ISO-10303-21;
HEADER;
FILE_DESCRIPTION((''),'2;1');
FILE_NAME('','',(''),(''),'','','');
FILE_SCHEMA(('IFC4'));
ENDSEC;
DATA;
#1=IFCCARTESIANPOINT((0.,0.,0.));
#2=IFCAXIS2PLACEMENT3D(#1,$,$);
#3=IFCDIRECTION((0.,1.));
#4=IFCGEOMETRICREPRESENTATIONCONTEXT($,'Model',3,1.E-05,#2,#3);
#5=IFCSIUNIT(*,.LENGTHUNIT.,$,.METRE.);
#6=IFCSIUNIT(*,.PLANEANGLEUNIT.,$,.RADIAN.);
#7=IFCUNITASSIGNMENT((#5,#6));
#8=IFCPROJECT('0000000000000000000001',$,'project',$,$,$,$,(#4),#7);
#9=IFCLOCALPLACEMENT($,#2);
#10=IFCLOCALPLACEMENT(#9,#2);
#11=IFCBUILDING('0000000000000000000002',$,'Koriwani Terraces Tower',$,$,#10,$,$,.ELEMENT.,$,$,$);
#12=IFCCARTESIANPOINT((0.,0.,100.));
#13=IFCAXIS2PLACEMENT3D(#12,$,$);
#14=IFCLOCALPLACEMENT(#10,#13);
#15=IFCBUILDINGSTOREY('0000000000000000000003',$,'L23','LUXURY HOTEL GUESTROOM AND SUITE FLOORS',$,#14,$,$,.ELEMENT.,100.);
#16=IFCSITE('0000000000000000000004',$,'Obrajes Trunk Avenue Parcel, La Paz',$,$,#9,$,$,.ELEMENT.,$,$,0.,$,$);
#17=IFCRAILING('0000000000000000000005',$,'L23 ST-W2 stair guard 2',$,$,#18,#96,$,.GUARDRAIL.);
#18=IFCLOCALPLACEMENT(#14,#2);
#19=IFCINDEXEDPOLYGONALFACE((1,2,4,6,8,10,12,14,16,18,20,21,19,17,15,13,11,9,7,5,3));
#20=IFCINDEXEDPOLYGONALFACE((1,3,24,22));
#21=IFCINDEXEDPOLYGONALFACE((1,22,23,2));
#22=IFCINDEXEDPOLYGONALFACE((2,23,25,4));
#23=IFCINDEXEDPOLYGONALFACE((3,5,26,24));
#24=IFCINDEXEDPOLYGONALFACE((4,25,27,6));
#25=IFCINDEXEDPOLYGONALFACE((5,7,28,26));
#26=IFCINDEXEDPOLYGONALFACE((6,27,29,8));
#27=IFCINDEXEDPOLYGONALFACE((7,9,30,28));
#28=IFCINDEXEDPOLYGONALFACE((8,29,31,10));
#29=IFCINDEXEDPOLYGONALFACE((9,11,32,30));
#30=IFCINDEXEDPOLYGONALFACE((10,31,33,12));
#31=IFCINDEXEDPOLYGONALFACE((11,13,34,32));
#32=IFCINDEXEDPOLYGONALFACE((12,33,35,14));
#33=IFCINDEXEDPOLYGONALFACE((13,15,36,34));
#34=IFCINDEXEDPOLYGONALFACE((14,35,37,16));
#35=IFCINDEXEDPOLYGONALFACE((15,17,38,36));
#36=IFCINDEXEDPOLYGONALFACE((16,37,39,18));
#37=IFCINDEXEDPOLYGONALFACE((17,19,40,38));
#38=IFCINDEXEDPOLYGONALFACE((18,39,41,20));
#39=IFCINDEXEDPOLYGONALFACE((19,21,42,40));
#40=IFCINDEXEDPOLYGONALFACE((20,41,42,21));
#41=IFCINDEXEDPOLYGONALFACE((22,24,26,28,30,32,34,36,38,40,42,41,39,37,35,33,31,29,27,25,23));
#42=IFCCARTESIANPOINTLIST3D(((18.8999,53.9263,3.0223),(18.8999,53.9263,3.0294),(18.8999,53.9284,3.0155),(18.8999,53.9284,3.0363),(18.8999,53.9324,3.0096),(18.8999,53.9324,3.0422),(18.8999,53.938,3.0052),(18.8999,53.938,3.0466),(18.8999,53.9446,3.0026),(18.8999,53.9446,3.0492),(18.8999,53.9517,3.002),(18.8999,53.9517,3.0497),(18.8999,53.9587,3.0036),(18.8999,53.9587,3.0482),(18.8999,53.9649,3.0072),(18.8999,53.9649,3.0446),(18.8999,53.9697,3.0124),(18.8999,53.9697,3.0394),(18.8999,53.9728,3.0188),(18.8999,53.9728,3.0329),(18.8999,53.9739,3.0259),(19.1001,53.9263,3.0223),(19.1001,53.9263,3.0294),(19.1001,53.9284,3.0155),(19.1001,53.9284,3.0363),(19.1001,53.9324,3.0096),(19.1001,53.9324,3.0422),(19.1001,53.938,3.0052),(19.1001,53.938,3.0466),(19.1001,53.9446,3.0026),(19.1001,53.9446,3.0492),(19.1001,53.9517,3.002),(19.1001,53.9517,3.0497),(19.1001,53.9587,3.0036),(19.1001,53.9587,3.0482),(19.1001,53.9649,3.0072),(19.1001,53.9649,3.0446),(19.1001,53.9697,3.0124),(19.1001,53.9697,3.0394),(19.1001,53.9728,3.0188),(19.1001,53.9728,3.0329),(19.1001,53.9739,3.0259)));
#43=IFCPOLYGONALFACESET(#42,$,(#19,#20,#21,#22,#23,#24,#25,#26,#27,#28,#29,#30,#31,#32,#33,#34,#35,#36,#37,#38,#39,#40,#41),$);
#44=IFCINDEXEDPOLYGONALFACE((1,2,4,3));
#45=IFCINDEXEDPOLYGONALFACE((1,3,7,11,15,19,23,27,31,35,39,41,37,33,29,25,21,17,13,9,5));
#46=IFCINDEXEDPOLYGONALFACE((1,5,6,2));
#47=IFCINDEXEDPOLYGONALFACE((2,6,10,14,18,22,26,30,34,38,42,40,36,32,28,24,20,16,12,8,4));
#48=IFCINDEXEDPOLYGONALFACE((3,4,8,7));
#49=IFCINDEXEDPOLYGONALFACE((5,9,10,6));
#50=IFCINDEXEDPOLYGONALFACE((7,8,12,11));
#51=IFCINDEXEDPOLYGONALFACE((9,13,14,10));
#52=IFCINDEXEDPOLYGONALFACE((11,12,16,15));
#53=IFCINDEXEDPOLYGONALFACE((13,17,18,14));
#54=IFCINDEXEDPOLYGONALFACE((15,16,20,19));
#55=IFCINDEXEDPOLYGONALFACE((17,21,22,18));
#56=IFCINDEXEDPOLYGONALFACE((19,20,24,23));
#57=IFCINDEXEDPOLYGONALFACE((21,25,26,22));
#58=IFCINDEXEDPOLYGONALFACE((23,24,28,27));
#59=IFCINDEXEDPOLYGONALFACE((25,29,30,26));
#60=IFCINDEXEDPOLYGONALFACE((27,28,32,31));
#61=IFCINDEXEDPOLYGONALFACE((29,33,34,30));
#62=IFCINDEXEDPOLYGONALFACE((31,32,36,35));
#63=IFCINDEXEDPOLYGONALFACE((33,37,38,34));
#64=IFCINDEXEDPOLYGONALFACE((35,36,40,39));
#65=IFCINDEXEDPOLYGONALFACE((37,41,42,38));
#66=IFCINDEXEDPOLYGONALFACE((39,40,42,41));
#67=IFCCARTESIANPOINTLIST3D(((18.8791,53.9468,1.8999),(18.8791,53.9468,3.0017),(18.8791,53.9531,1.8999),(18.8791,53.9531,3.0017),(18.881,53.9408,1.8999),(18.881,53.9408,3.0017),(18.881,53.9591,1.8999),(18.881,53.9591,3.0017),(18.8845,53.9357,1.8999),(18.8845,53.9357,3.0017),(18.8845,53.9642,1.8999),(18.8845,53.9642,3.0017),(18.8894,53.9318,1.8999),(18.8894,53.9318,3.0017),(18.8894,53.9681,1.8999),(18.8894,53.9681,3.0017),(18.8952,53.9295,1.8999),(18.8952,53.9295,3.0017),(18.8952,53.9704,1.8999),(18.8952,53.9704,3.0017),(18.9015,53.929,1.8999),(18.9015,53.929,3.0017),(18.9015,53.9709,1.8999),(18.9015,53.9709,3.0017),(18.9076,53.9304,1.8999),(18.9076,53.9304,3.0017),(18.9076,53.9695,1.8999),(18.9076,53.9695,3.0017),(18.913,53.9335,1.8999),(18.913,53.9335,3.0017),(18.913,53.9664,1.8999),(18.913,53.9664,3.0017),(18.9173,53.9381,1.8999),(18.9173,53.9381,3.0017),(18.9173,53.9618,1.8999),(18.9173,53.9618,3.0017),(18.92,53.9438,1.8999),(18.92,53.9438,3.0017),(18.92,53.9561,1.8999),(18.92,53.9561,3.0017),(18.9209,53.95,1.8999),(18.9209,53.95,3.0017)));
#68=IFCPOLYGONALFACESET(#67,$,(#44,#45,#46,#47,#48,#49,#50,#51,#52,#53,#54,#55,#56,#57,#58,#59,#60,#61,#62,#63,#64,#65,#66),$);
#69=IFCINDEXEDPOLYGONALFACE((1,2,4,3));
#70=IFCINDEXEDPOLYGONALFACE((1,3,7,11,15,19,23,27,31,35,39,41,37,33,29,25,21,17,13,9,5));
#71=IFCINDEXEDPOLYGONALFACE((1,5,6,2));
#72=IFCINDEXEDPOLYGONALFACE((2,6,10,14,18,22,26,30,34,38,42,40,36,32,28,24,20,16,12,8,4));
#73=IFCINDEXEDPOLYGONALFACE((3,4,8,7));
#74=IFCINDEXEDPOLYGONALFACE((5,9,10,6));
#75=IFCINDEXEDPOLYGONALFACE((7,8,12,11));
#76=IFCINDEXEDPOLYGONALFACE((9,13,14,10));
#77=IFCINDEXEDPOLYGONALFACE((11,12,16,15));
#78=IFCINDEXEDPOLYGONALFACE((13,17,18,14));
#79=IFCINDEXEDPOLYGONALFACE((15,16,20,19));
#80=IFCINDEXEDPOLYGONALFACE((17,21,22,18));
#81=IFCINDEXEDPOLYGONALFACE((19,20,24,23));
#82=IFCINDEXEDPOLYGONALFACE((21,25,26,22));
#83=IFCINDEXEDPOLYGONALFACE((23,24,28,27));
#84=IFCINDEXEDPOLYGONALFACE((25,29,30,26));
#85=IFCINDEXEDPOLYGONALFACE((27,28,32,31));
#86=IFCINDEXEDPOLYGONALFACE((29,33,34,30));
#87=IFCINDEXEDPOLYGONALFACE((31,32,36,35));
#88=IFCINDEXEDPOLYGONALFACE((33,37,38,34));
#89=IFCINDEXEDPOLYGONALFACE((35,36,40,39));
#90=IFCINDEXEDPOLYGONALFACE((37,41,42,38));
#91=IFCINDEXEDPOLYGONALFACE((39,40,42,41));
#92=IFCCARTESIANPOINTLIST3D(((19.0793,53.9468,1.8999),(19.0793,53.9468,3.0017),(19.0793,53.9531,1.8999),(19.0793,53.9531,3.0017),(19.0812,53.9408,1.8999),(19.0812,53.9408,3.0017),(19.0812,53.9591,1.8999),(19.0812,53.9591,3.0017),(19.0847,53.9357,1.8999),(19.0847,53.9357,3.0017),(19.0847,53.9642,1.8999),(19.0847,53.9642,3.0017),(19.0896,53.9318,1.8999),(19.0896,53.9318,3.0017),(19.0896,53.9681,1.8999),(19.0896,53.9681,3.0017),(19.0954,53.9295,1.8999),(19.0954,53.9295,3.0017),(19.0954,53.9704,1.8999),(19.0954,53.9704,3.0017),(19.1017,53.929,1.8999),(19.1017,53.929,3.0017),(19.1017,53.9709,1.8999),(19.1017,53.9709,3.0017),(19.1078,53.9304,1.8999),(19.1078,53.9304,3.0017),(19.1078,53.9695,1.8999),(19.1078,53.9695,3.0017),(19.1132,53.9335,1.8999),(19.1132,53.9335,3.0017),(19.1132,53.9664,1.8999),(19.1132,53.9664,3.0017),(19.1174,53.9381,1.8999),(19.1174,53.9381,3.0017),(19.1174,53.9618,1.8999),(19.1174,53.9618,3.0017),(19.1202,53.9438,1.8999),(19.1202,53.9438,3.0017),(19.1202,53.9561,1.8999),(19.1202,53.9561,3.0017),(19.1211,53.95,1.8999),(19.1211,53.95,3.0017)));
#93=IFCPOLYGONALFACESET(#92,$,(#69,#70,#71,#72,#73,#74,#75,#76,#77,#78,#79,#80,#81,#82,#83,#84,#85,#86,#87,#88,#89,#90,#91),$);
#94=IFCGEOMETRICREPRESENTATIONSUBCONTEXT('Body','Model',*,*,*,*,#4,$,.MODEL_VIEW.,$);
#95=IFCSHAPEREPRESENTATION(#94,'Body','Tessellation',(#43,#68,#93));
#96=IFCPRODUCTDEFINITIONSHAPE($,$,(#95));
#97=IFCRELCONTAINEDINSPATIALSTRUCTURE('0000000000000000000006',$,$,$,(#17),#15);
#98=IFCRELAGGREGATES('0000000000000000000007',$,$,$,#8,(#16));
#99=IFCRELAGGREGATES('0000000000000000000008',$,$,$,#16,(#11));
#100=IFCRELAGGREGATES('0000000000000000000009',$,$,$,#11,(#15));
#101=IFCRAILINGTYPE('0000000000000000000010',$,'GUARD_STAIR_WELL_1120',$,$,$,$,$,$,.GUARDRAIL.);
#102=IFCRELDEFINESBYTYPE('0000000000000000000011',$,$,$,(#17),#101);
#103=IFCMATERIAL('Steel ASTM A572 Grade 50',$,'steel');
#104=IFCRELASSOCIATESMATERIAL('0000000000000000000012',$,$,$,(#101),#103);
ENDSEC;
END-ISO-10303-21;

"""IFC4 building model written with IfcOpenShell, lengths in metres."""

from ifc_helpers import new_model, si_unit, direction, frame, origin, origin_2d, place, context, subcontext, project, spatial, circle, extrude, material, type_object, element, save


model = new_model("IFC4")

# Units and contexts
model_context = context("Model", 3, precision=1e-05, world=origin(), true_north=direction((0.0, 1.0)))
body_context = subcontext(model_context, "Body", "Model", "MODEL_VIEW")
ifc_project = project(units=[si_unit("LENGTHUNIT", "METRE"), si_unit("PLANEANGLEUNIT", "RADIAN")], contexts=[model_context])

# Site, building, storey
site_placement = place(None, origin())
site = spatial("IfcSite", under=ifc_project, at=site_placement, Name="Obrajes Trunk Avenue Parcel, La Paz", CompositionType="ELEMENT", RefElevation=0.0)
building_placement = place(site_placement, origin())
building = spatial("IfcBuilding", under=site, at=building_placement, Name="Koriwani Terraces Tower", CompositionType="ELEMENT")
storey_placement = place(building_placement, frame((0.0, 0.0, 100.0)))
storey = spatial("IfcBuildingStorey", under=building, at=storey_placement, Name="L23", Description="LUXURY HOTEL GUESTROOM AND SUITE FLOORS", CompositionType="ELEMENT", Elevation=100.0)

# Shared definitions
ifc_material_1 = material(Name="Steel ASTM A572 Grade 50", Category="steel")

# Railing
railing_type_1 = type_object("IfcRailingType", Name="GUARD_STAIR_WELL_1120", PredefinedType="GUARDRAIL", material=ifc_material_1)
railing_1_placement = place(storey_placement, frame((18.8999, 53.95, 1.8999)))
element("IfcRailing", 1, at=railing_1_placement, inside=storey, type_object=railing_type_1, Name="L23 ST-W2 stair guard 2", PredefinedType="GUARDRAIL", context=body_context, shape_type="SweptSolid", body=[
    extrude(circle(Radius=0.0239, at=origin_2d()), frame((0.0, 0.0, 1.126), z_axis=(1.0, 0.0, 0.0), x_axis=(0.0, 1.0, 0.0)), (0.0, 0.0, 1.0), 0.2002),
    extrude(circle(Radius=0.021, at=origin_2d()), origin(), (0.0, 0.0, 1.0), 1.1018),
    extrude(circle(Radius=0.021, at=origin_2d()), frame((0.2002, 0.0, 0.0)), (0.0, 0.0, 1.0), 1.1018),
])

save(model, "model.ifc")
